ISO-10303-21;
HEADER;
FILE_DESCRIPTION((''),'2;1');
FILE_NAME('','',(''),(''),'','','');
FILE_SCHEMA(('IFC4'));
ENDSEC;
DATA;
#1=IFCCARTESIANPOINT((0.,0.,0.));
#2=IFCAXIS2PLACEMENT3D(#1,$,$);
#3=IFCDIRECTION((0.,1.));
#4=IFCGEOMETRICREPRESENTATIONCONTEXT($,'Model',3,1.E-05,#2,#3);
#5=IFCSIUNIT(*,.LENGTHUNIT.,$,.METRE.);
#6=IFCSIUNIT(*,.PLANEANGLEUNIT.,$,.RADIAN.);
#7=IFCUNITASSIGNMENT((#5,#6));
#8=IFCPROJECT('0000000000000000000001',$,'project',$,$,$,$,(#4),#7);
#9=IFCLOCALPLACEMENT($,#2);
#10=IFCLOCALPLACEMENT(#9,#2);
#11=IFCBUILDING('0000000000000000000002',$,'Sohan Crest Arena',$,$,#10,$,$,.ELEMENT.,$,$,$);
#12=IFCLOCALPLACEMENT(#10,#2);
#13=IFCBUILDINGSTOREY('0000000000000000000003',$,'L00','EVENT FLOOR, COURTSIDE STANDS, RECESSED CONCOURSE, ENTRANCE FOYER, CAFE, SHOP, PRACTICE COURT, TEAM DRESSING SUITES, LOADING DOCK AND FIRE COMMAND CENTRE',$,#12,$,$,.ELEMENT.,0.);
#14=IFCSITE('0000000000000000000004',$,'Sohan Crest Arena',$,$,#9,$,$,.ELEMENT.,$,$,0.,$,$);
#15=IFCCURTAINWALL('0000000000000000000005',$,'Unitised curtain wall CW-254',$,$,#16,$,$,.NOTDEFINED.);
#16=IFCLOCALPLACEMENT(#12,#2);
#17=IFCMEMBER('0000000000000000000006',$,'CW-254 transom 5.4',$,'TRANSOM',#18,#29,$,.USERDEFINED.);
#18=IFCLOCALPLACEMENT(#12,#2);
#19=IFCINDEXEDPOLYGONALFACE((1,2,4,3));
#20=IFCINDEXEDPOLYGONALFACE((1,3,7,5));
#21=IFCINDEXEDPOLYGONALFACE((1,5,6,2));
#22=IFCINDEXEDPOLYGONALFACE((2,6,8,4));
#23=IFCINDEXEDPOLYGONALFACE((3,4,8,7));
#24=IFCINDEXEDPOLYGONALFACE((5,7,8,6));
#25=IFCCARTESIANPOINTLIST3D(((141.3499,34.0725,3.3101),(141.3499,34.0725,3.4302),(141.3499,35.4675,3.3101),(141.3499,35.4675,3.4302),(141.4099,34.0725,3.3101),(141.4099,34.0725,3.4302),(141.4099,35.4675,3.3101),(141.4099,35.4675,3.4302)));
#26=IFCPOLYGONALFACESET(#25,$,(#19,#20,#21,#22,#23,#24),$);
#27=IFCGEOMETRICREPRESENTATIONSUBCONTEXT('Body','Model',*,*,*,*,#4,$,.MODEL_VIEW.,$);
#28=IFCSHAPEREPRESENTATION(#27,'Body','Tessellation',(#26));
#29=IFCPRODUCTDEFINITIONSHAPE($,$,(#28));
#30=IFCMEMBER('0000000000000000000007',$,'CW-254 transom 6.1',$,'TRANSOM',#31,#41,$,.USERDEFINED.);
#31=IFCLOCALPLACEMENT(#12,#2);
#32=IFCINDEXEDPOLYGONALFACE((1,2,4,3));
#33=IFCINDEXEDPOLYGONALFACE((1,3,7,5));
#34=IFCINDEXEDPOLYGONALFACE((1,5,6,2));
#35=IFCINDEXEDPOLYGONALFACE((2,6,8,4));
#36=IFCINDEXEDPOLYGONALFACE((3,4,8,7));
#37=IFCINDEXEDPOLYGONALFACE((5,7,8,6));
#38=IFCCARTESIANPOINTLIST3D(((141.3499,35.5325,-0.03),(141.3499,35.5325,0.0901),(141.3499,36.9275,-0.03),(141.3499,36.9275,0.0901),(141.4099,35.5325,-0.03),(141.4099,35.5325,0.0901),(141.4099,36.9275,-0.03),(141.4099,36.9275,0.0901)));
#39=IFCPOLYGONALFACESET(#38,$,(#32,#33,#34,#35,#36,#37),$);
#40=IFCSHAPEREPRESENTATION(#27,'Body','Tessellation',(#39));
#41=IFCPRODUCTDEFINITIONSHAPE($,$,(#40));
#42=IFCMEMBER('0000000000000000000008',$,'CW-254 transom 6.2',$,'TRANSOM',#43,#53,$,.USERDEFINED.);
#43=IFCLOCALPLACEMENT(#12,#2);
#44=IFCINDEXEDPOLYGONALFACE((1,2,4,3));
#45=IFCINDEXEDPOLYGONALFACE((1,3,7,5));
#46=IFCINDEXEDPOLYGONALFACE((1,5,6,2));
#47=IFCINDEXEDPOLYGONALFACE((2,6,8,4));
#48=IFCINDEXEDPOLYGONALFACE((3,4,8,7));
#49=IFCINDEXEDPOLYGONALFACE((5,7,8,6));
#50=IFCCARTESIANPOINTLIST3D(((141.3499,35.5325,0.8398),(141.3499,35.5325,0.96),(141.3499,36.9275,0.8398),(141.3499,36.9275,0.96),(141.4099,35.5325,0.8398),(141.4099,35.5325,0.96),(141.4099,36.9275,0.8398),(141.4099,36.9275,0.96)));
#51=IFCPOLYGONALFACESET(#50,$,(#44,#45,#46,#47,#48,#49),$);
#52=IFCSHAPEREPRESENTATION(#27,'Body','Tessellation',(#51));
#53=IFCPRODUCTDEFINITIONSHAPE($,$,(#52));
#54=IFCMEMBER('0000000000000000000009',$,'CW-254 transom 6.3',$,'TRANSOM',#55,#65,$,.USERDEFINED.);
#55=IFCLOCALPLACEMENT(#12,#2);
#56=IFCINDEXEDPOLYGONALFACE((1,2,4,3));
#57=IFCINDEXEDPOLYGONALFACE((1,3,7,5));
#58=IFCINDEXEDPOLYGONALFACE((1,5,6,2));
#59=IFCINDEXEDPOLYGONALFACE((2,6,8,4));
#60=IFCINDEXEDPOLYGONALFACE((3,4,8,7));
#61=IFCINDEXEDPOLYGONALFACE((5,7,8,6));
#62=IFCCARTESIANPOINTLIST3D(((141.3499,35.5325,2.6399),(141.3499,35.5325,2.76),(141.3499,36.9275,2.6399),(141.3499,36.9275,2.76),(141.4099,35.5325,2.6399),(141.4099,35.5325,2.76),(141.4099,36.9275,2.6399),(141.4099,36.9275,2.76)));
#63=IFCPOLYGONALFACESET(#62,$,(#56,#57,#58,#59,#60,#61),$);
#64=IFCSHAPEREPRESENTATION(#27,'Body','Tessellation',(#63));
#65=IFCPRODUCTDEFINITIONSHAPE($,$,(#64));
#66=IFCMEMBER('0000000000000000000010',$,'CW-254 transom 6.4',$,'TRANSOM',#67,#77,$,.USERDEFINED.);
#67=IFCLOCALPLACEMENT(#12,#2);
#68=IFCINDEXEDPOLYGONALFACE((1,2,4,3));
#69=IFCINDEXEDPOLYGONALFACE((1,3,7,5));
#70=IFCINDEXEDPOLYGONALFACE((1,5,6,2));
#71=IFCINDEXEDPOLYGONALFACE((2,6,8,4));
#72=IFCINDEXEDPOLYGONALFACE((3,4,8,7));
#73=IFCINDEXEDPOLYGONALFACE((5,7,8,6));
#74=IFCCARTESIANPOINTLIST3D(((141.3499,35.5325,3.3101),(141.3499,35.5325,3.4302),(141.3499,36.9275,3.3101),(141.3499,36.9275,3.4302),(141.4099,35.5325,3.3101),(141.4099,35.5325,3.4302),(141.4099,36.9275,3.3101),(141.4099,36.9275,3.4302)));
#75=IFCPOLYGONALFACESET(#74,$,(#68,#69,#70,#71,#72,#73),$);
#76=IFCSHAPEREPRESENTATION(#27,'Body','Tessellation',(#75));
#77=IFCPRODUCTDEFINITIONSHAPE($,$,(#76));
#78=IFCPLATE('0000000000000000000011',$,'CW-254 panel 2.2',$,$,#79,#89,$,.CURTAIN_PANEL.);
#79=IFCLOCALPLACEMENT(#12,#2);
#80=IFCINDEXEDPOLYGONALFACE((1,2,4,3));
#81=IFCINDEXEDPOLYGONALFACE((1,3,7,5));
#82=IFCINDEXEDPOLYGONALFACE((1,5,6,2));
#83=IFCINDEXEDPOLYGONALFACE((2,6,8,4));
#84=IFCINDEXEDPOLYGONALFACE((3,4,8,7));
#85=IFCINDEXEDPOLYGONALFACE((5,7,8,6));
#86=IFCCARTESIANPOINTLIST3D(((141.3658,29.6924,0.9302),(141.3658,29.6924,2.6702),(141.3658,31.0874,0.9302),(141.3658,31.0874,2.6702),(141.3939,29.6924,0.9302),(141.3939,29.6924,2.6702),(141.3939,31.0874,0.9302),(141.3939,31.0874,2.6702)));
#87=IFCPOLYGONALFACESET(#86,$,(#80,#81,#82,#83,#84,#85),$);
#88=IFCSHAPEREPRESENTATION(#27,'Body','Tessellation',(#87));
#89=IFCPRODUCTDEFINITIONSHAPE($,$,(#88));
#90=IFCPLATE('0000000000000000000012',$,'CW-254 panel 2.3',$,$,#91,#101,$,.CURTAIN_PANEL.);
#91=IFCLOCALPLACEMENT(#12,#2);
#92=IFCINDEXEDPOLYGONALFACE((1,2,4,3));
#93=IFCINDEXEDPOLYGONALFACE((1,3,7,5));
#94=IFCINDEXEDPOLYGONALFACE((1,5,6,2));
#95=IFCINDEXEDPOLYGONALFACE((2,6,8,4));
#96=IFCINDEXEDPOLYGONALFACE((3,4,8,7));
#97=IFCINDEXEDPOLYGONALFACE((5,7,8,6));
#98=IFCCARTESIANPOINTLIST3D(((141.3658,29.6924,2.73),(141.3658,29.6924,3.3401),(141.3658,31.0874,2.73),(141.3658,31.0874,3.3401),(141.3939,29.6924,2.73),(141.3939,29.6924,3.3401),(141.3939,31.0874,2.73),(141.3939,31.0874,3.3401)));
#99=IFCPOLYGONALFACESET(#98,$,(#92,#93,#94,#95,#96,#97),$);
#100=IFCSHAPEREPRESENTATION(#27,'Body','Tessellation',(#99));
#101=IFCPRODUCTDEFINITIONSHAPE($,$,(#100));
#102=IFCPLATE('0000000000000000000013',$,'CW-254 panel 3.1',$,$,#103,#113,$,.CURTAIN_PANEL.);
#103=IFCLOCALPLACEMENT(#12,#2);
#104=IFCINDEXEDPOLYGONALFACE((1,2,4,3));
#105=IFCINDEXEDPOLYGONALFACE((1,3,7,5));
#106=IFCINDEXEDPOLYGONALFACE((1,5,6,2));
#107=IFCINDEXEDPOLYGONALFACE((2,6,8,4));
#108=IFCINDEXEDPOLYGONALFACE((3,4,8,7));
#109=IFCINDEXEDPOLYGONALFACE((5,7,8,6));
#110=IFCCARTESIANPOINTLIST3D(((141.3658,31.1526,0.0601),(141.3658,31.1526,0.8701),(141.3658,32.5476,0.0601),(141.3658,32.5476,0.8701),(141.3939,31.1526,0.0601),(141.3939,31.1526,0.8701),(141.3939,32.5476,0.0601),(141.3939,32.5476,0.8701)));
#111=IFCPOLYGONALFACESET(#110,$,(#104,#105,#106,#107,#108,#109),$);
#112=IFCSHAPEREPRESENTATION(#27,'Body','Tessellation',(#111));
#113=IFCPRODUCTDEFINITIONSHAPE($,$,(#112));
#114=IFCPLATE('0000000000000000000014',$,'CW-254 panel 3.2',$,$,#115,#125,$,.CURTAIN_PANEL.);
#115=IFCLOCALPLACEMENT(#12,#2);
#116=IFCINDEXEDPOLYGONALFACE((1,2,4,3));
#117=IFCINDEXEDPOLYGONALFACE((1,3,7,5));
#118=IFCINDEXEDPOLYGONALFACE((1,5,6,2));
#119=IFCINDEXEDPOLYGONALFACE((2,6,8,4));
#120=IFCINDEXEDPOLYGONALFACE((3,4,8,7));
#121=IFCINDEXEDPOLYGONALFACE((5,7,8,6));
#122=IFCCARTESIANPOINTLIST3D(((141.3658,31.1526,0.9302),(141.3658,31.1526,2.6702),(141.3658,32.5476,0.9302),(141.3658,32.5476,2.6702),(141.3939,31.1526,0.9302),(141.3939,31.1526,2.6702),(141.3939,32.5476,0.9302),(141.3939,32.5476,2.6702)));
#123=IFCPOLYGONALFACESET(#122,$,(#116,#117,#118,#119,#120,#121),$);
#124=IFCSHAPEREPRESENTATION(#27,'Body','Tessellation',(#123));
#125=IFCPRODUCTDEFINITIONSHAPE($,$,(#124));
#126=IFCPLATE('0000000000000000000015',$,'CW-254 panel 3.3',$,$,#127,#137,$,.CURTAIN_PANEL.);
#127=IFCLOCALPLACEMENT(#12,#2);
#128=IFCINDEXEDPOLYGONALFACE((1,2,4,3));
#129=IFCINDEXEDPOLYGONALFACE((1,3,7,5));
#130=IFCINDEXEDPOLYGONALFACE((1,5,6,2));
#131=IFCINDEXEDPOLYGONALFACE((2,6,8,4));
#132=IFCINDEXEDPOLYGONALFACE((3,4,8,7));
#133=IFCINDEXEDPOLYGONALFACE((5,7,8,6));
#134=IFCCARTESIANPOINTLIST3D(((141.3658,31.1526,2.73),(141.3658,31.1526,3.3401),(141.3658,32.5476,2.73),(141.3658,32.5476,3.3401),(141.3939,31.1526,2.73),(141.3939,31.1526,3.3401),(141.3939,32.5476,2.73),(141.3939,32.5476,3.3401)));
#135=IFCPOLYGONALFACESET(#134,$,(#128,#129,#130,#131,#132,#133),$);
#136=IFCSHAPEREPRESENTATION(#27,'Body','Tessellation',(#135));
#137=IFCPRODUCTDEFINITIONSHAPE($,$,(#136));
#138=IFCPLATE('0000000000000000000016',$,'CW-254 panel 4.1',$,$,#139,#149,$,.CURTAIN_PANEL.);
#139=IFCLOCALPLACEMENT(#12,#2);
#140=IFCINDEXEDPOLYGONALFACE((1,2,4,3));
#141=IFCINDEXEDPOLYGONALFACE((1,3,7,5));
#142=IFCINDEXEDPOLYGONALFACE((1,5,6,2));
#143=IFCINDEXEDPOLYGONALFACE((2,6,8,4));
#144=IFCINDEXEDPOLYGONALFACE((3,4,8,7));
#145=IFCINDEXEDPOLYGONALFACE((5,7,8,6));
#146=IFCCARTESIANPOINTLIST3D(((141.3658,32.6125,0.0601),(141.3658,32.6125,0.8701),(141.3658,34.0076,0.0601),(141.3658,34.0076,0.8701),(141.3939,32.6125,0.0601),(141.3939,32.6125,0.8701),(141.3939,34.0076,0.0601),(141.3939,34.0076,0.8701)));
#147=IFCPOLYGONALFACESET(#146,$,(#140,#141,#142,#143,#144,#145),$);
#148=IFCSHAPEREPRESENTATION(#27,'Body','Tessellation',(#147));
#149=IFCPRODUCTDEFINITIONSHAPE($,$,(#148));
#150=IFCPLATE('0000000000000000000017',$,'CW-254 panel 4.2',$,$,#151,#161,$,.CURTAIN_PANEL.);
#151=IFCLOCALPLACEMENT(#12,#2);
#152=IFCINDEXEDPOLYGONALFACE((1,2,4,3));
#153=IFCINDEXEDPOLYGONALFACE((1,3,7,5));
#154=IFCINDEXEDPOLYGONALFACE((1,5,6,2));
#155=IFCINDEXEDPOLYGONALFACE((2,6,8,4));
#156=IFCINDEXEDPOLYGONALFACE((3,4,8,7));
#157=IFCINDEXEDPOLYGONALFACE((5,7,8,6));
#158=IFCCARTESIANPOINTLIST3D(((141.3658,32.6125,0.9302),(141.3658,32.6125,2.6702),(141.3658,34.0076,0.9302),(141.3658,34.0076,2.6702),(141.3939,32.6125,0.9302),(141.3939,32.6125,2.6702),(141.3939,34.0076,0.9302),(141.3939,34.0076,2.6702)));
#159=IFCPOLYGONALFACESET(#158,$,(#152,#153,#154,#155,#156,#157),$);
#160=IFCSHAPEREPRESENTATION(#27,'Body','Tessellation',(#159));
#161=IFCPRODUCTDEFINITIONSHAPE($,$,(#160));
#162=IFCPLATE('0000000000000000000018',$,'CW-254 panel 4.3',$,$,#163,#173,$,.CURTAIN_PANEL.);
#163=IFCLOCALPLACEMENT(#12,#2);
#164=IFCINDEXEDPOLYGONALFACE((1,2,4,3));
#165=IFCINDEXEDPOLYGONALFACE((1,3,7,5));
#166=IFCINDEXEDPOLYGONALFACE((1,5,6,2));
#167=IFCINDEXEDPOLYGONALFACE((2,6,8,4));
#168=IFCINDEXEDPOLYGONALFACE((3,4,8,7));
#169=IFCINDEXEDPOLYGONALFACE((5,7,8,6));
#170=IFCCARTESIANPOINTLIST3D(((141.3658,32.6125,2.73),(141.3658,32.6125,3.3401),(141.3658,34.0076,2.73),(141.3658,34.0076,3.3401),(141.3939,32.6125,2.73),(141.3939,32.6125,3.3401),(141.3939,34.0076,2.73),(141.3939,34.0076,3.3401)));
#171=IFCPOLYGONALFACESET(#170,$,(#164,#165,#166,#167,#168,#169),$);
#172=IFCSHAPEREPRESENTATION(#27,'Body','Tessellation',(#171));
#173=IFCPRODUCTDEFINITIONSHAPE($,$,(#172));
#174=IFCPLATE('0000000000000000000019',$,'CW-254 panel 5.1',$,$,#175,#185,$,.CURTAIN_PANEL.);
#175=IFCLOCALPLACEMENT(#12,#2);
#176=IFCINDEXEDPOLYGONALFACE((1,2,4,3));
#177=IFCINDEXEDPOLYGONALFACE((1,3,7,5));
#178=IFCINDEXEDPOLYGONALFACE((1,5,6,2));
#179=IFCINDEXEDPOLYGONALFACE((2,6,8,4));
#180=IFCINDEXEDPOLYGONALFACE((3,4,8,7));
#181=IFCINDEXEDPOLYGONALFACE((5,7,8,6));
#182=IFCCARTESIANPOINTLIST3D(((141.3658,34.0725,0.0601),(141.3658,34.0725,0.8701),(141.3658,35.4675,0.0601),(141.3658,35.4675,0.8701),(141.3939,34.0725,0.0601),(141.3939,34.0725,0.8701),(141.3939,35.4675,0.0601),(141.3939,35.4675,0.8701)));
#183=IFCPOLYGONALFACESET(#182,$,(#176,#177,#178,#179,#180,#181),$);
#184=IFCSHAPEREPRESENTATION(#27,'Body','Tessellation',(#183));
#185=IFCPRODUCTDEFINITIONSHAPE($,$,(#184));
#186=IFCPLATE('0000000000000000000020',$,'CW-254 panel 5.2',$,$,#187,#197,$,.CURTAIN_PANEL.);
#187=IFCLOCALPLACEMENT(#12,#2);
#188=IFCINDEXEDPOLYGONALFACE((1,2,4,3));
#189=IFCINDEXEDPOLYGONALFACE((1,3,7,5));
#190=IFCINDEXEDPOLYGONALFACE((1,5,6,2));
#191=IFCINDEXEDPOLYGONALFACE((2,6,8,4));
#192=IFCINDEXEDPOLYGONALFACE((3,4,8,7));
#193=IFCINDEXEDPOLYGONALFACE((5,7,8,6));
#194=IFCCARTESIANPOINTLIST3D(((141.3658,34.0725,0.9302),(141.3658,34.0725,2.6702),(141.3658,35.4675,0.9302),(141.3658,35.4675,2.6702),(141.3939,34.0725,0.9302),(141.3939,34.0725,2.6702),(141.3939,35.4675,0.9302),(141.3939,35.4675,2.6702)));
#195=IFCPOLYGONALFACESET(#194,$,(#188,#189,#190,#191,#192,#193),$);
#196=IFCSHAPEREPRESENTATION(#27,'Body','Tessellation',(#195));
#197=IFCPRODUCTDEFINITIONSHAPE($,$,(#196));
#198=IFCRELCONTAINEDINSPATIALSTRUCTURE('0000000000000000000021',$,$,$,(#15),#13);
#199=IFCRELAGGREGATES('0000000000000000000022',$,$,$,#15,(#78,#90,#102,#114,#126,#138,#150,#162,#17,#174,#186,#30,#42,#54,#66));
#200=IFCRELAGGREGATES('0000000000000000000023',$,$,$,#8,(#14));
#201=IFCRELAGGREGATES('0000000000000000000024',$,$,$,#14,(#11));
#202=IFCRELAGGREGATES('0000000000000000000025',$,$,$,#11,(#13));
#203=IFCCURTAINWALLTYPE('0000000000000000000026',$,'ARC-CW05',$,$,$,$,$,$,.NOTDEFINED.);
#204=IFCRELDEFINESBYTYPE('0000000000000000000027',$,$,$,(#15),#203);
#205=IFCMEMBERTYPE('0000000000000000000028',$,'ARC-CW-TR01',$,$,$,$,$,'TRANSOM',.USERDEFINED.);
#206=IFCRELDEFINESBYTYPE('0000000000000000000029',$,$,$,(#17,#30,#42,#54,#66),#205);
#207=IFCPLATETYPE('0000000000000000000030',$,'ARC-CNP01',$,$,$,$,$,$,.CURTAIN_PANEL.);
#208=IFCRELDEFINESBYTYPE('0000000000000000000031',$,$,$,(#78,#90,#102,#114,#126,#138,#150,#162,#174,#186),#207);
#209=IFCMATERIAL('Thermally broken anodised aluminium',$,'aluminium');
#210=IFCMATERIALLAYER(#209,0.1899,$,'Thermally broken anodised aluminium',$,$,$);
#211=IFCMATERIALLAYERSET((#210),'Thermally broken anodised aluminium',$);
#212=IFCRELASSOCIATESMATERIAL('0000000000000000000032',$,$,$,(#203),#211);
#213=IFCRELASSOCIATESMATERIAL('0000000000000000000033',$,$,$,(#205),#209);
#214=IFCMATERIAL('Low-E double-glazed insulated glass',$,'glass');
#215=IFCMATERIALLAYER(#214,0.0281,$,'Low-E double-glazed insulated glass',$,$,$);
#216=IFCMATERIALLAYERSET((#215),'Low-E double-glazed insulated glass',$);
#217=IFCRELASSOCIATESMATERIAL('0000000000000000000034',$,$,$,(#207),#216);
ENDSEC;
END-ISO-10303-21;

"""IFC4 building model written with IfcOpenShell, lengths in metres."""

from ifc_helpers import new_model, si_unit, direction, frame, origin, origin_2d, place, context, subcontext, project, spatial, rectangle, extrude, material, layer, layer_set, material_profile, profile_set, type_object, element, aggregate, save


model = new_model("IFC4")

# Units and contexts
model_context = context("Model", 3, precision=1e-05, world=origin(), true_north=direction((0.0, 1.0)))
body_context = subcontext(model_context, "Body", "Model", "MODEL_VIEW")
ifc_project = project(units=[si_unit("LENGTHUNIT", "METRE"), si_unit("PLANEANGLEUNIT", "RADIAN")], contexts=[model_context])

# Site, building, storey
site_placement = place(None, origin())
site = spatial("IfcSite", under=ifc_project, at=site_placement, Name="Sohan Crest Arena", CompositionType="ELEMENT", RefElevation=0.0)
building_placement = place(site_placement, origin())
building = spatial("IfcBuilding", under=site, at=building_placement, Name="Sohan Crest Arena", CompositionType="ELEMENT")
storey_placement = place(building_placement, origin())
storey = spatial("IfcBuildingStorey", under=building, at=storey_placement, Name="L00", Description="EVENT FLOOR, COURTSIDE STANDS, RECESSED CONCOURSE, ENTRANCE FOYER, CAFE, SHOP, PRACTICE COURT, TEAM DRESSING SUITES, LOADING DOCK AND FIRE COMMAND CENTRE", CompositionType="ELEMENT", Elevation=0.0)

# Curtain wall, members, plates
ifc_material_1 = material(Name="Thermally broken anodised aluminium", Category="aluminium")
ifc_layer_1 = layer(ifc_material_1, 0.1899, Name="Thermally broken anodised aluminium")
ifc_layer_set_1 = layer_set([ifc_layer_1], Name="Thermally broken anodised aluminium")
curtain_wall_type = type_object("IfcCurtainWallType", Name="ARC-CW05", PredefinedType="NOTDEFINED", material=ifc_layer_set_1)
curtain_wall_placement = place(storey_placement, origin())
curtain_wall = element("IfcCurtainWall", 1, at=curtain_wall_placement, inside=storey, type_object=curtain_wall_type, Name="Unitised curtain wall CW-254", PredefinedType="NOTDEFINED")
ifc_material_profile_1 = material_profile(ifc_material_1, rectangle(XDim=0.0601, YDim=0.1201, at=origin_2d()), Name="ALU-TRAN 60x120")
ifc_profile_set_1 = profile_set([ifc_material_profile_1], Name="Thermally broken anodised aluminium")
member_type_1 = type_object("IfcMemberType", Name="ARC-CW-TR01", ElementType="TRANSOM", PredefinedType="USERDEFINED", material=ifc_profile_set_1)
member_1_placement = place(storey_placement, frame((141.3799, 34.0725, 3.3701), z_axis=(0.0, 1.0, 0.0), x_axis=(-1.0, 0.0, 0.0)))
member_1 = element("IfcMember", 2, at=member_1_placement, type_object=member_type_1, Name="CW-254 transom 5.4", ObjectType="TRANSOM", PredefinedType="USERDEFINED", context=body_context, shape_type="SweptSolid", body=[
    extrude(rectangle(XDim=0.0601, YDim=0.1201, at=origin_2d()), origin(), (0.0, 0.0, 1.0), 1.395),
])
member_2_placement = place(storey_placement, frame((141.3799, 35.5325, 0.03), z_axis=(0.0, 1.0, 0.0), x_axis=(-1.0, 0.0, 0.0)))
member_2 = element("IfcMember", 3, at=member_2_placement, type_object=member_type_1, Name="CW-254 transom 6.1", ObjectType="TRANSOM", PredefinedType="USERDEFINED", context=body_context, shape_type="SweptSolid", body=[
    extrude(rectangle(XDim=0.0601, YDim=0.1201, at=origin_2d()), origin(), (0.0, 0.0, 1.0), 1.395),
])
member_3_placement = place(storey_placement, frame((141.3799, 35.5325, 0.8999), z_axis=(0.0, 1.0, 0.0), x_axis=(-1.0, 0.0, 0.0)))
member_3 = element("IfcMember", 4, at=member_3_placement, type_object=member_type_1, Name="CW-254 transom 6.2", ObjectType="TRANSOM", PredefinedType="USERDEFINED", context=body_context, shape_type="SweptSolid", body=[
    extrude(rectangle(XDim=0.0601, YDim=0.1201, at=origin_2d()), origin(), (0.0, 0.0, 1.0), 1.395),
])
member_4_placement = place(storey_placement, frame((141.3799, 35.5325, 2.7), z_axis=(0.0, 1.0, 0.0), x_axis=(-1.0, 0.0, 0.0)))
member_4 = element("IfcMember", 5, at=member_4_placement, type_object=member_type_1, Name="CW-254 transom 6.3", ObjectType="TRANSOM", PredefinedType="USERDEFINED", context=body_context, shape_type="SweptSolid", body=[
    extrude(rectangle(XDim=0.0601, YDim=0.1201, at=origin_2d()), origin(), (0.0, 0.0, 1.0), 1.395),
])
member_5_placement = place(storey_placement, frame((141.3799, 35.5325, 3.3701), z_axis=(0.0, 1.0, 0.0), x_axis=(-1.0, 0.0, 0.0)))
member_5 = element("IfcMember", 6, at=member_5_placement, type_object=member_type_1, Name="CW-254 transom 6.4", ObjectType="TRANSOM", PredefinedType="USERDEFINED", context=body_context, shape_type="SweptSolid", body=[
    extrude(rectangle(XDim=0.0601, YDim=0.1201, at=origin_2d()), origin(), (0.0, 0.0, 1.0), 1.395),
])
ifc_material_2 = material(Name="Low-E double-glazed insulated glass", Category="glass")
ifc_layer_2 = layer(ifc_material_2, 0.0281, Name="Low-E double-glazed insulated glass")
ifc_layer_set_2 = layer_set([ifc_layer_2], Name="Low-E double-glazed insulated glass")
plate_type = type_object("IfcPlateType", Name="ARC-CNP01", PredefinedType="CURTAIN_PANEL", material=ifc_layer_set_2)
plate_1_placement = place(storey_placement, frame((141.3799, 30.3899, 0.9302), z_axis=(0.0, 0.0, 1.0), x_axis=(0.0, 1.0, 0.0)))
plate_1 = element("IfcPlate", 7, at=plate_1_placement, type_object=plate_type, Name="CW-254 panel 2.2", PredefinedType="CURTAIN_PANEL", context=body_context, shape_type="SweptSolid", body=[
    extrude(rectangle(XDim=1.395, YDim=0.0281, at=origin_2d()), origin(), (0.0, 0.0, 1.0), 1.74),
])
plate_2_placement = place(storey_placement, frame((141.3799, 30.3899, 2.73), z_axis=(0.0, 0.0, 1.0), x_axis=(0.0, 1.0, 0.0)))
plate_2 = element("IfcPlate", 8, at=plate_2_placement, type_object=plate_type, Name="CW-254 panel 2.3", PredefinedType="CURTAIN_PANEL", context=body_context, shape_type="SweptSolid", body=[
    extrude(rectangle(XDim=1.395, YDim=0.0281, at=origin_2d()), origin(), (0.0, 0.0, 1.0), 0.6101),
])
plate_3_placement = place(storey_placement, frame((141.3799, 31.8501, 0.0601), z_axis=(0.0, 0.0, 1.0), x_axis=(0.0, 1.0, 0.0)))
plate_3 = element("IfcPlate", 9, at=plate_3_placement, type_object=plate_type, Name="CW-254 panel 3.1", PredefinedType="CURTAIN_PANEL", context=body_context, shape_type="SweptSolid", body=[
    extrude(rectangle(XDim=1.395, YDim=0.0281, at=origin_2d()), origin(), (0.0, 0.0, 1.0), 0.8101),
])
plate_4_placement = place(storey_placement, frame((141.3799, 31.8501, 0.9302), z_axis=(0.0, 0.0, 1.0), x_axis=(0.0, 1.0, 0.0)))
plate_4 = element("IfcPlate", 10, at=plate_4_placement, type_object=plate_type, Name="CW-254 panel 3.2", PredefinedType="CURTAIN_PANEL", context=body_context, shape_type="SweptSolid", body=[
    extrude(rectangle(XDim=1.395, YDim=0.0281, at=origin_2d()), origin(), (0.0, 0.0, 1.0), 1.74),
])
plate_5_placement = place(storey_placement, frame((141.3799, 31.8501, 2.73), z_axis=(0.0, 0.0, 1.0), x_axis=(0.0, 1.0, 0.0)))
plate_5 = element("IfcPlate", 11, at=plate_5_placement, type_object=plate_type, Name="CW-254 panel 3.3", PredefinedType="CURTAIN_PANEL", context=body_context, shape_type="SweptSolid", body=[
    extrude(rectangle(XDim=1.395, YDim=0.0281, at=origin_2d()), origin(), (0.0, 0.0, 1.0), 0.6101),
])
plate_6_placement = place(storey_placement, frame((141.3799, 33.3101, 0.0601), z_axis=(0.0, 0.0, 1.0), x_axis=(0.0, 1.0, 0.0)))
plate_6 = element("IfcPlate", 12, at=plate_6_placement, type_object=plate_type, Name="CW-254 panel 4.1", PredefinedType="CURTAIN_PANEL", context=body_context, shape_type="SweptSolid", body=[
    extrude(rectangle(XDim=1.395, YDim=0.0281, at=origin_2d()), origin(), (0.0, 0.0, 1.0), 0.8101),
])
plate_7_placement = place(storey_placement, frame((141.3799, 33.3101, 0.9302), z_axis=(0.0, 0.0, 1.0), x_axis=(0.0, 1.0, 0.0)))
plate_7 = element("IfcPlate", 13, at=plate_7_placement, type_object=plate_type, Name="CW-254 panel 4.2", PredefinedType="CURTAIN_PANEL", context=body_context, shape_type="SweptSolid", body=[
    extrude(rectangle(XDim=1.395, YDim=0.0281, at=origin_2d()), origin(), (0.0, 0.0, 1.0), 1.74),
])
plate_8_placement = place(storey_placement, frame((141.3799, 33.3101, 2.73), z_axis=(0.0, 0.0, 1.0), x_axis=(0.0, 1.0, 0.0)))
plate_8 = element("IfcPlate", 14, at=plate_8_placement, type_object=plate_type, Name="CW-254 panel 4.3", PredefinedType="CURTAIN_PANEL", context=body_context, shape_type="SweptSolid", body=[
    extrude(rectangle(XDim=1.395, YDim=0.0281, at=origin_2d()), origin(), (0.0, 0.0, 1.0), 0.6101),
])
plate_9_placement = place(storey_placement, frame((141.3799, 34.77, 0.0601), z_axis=(0.0, 0.0, 1.0), x_axis=(0.0, 1.0, 0.0)))
plate_9 = element("IfcPlate", 15, at=plate_9_placement, type_object=plate_type, Name="CW-254 panel 5.1", PredefinedType="CURTAIN_PANEL", context=body_context, shape_type="SweptSolid", body=[
    extrude(rectangle(XDim=1.395, YDim=0.0281, at=origin_2d()), origin(), (0.0, 0.0, 1.0), 0.8101),
])
plate_10_placement = place(storey_placement, frame((141.3799, 34.77, 0.9302), z_axis=(0.0, 0.0, 1.0), x_axis=(0.0, 1.0, 0.0)))
plate_10 = element("IfcPlate", 16, at=plate_10_placement, type_object=plate_type, Name="CW-254 panel 5.2", PredefinedType="CURTAIN_PANEL", context=body_context, shape_type="SweptSolid", body=[
    extrude(rectangle(XDim=1.395, YDim=0.0281, at=origin_2d()), origin(), (0.0, 0.0, 1.0), 1.74),
])
aggregate(curtain_wall, [plate_1, plate_2, plate_3, plate_4, plate_5, plate_6, plate_7, plate_8, member_1, plate_9, plate_10, member_2, member_3, member_4, member_5])

save(model, "model.ifc")
